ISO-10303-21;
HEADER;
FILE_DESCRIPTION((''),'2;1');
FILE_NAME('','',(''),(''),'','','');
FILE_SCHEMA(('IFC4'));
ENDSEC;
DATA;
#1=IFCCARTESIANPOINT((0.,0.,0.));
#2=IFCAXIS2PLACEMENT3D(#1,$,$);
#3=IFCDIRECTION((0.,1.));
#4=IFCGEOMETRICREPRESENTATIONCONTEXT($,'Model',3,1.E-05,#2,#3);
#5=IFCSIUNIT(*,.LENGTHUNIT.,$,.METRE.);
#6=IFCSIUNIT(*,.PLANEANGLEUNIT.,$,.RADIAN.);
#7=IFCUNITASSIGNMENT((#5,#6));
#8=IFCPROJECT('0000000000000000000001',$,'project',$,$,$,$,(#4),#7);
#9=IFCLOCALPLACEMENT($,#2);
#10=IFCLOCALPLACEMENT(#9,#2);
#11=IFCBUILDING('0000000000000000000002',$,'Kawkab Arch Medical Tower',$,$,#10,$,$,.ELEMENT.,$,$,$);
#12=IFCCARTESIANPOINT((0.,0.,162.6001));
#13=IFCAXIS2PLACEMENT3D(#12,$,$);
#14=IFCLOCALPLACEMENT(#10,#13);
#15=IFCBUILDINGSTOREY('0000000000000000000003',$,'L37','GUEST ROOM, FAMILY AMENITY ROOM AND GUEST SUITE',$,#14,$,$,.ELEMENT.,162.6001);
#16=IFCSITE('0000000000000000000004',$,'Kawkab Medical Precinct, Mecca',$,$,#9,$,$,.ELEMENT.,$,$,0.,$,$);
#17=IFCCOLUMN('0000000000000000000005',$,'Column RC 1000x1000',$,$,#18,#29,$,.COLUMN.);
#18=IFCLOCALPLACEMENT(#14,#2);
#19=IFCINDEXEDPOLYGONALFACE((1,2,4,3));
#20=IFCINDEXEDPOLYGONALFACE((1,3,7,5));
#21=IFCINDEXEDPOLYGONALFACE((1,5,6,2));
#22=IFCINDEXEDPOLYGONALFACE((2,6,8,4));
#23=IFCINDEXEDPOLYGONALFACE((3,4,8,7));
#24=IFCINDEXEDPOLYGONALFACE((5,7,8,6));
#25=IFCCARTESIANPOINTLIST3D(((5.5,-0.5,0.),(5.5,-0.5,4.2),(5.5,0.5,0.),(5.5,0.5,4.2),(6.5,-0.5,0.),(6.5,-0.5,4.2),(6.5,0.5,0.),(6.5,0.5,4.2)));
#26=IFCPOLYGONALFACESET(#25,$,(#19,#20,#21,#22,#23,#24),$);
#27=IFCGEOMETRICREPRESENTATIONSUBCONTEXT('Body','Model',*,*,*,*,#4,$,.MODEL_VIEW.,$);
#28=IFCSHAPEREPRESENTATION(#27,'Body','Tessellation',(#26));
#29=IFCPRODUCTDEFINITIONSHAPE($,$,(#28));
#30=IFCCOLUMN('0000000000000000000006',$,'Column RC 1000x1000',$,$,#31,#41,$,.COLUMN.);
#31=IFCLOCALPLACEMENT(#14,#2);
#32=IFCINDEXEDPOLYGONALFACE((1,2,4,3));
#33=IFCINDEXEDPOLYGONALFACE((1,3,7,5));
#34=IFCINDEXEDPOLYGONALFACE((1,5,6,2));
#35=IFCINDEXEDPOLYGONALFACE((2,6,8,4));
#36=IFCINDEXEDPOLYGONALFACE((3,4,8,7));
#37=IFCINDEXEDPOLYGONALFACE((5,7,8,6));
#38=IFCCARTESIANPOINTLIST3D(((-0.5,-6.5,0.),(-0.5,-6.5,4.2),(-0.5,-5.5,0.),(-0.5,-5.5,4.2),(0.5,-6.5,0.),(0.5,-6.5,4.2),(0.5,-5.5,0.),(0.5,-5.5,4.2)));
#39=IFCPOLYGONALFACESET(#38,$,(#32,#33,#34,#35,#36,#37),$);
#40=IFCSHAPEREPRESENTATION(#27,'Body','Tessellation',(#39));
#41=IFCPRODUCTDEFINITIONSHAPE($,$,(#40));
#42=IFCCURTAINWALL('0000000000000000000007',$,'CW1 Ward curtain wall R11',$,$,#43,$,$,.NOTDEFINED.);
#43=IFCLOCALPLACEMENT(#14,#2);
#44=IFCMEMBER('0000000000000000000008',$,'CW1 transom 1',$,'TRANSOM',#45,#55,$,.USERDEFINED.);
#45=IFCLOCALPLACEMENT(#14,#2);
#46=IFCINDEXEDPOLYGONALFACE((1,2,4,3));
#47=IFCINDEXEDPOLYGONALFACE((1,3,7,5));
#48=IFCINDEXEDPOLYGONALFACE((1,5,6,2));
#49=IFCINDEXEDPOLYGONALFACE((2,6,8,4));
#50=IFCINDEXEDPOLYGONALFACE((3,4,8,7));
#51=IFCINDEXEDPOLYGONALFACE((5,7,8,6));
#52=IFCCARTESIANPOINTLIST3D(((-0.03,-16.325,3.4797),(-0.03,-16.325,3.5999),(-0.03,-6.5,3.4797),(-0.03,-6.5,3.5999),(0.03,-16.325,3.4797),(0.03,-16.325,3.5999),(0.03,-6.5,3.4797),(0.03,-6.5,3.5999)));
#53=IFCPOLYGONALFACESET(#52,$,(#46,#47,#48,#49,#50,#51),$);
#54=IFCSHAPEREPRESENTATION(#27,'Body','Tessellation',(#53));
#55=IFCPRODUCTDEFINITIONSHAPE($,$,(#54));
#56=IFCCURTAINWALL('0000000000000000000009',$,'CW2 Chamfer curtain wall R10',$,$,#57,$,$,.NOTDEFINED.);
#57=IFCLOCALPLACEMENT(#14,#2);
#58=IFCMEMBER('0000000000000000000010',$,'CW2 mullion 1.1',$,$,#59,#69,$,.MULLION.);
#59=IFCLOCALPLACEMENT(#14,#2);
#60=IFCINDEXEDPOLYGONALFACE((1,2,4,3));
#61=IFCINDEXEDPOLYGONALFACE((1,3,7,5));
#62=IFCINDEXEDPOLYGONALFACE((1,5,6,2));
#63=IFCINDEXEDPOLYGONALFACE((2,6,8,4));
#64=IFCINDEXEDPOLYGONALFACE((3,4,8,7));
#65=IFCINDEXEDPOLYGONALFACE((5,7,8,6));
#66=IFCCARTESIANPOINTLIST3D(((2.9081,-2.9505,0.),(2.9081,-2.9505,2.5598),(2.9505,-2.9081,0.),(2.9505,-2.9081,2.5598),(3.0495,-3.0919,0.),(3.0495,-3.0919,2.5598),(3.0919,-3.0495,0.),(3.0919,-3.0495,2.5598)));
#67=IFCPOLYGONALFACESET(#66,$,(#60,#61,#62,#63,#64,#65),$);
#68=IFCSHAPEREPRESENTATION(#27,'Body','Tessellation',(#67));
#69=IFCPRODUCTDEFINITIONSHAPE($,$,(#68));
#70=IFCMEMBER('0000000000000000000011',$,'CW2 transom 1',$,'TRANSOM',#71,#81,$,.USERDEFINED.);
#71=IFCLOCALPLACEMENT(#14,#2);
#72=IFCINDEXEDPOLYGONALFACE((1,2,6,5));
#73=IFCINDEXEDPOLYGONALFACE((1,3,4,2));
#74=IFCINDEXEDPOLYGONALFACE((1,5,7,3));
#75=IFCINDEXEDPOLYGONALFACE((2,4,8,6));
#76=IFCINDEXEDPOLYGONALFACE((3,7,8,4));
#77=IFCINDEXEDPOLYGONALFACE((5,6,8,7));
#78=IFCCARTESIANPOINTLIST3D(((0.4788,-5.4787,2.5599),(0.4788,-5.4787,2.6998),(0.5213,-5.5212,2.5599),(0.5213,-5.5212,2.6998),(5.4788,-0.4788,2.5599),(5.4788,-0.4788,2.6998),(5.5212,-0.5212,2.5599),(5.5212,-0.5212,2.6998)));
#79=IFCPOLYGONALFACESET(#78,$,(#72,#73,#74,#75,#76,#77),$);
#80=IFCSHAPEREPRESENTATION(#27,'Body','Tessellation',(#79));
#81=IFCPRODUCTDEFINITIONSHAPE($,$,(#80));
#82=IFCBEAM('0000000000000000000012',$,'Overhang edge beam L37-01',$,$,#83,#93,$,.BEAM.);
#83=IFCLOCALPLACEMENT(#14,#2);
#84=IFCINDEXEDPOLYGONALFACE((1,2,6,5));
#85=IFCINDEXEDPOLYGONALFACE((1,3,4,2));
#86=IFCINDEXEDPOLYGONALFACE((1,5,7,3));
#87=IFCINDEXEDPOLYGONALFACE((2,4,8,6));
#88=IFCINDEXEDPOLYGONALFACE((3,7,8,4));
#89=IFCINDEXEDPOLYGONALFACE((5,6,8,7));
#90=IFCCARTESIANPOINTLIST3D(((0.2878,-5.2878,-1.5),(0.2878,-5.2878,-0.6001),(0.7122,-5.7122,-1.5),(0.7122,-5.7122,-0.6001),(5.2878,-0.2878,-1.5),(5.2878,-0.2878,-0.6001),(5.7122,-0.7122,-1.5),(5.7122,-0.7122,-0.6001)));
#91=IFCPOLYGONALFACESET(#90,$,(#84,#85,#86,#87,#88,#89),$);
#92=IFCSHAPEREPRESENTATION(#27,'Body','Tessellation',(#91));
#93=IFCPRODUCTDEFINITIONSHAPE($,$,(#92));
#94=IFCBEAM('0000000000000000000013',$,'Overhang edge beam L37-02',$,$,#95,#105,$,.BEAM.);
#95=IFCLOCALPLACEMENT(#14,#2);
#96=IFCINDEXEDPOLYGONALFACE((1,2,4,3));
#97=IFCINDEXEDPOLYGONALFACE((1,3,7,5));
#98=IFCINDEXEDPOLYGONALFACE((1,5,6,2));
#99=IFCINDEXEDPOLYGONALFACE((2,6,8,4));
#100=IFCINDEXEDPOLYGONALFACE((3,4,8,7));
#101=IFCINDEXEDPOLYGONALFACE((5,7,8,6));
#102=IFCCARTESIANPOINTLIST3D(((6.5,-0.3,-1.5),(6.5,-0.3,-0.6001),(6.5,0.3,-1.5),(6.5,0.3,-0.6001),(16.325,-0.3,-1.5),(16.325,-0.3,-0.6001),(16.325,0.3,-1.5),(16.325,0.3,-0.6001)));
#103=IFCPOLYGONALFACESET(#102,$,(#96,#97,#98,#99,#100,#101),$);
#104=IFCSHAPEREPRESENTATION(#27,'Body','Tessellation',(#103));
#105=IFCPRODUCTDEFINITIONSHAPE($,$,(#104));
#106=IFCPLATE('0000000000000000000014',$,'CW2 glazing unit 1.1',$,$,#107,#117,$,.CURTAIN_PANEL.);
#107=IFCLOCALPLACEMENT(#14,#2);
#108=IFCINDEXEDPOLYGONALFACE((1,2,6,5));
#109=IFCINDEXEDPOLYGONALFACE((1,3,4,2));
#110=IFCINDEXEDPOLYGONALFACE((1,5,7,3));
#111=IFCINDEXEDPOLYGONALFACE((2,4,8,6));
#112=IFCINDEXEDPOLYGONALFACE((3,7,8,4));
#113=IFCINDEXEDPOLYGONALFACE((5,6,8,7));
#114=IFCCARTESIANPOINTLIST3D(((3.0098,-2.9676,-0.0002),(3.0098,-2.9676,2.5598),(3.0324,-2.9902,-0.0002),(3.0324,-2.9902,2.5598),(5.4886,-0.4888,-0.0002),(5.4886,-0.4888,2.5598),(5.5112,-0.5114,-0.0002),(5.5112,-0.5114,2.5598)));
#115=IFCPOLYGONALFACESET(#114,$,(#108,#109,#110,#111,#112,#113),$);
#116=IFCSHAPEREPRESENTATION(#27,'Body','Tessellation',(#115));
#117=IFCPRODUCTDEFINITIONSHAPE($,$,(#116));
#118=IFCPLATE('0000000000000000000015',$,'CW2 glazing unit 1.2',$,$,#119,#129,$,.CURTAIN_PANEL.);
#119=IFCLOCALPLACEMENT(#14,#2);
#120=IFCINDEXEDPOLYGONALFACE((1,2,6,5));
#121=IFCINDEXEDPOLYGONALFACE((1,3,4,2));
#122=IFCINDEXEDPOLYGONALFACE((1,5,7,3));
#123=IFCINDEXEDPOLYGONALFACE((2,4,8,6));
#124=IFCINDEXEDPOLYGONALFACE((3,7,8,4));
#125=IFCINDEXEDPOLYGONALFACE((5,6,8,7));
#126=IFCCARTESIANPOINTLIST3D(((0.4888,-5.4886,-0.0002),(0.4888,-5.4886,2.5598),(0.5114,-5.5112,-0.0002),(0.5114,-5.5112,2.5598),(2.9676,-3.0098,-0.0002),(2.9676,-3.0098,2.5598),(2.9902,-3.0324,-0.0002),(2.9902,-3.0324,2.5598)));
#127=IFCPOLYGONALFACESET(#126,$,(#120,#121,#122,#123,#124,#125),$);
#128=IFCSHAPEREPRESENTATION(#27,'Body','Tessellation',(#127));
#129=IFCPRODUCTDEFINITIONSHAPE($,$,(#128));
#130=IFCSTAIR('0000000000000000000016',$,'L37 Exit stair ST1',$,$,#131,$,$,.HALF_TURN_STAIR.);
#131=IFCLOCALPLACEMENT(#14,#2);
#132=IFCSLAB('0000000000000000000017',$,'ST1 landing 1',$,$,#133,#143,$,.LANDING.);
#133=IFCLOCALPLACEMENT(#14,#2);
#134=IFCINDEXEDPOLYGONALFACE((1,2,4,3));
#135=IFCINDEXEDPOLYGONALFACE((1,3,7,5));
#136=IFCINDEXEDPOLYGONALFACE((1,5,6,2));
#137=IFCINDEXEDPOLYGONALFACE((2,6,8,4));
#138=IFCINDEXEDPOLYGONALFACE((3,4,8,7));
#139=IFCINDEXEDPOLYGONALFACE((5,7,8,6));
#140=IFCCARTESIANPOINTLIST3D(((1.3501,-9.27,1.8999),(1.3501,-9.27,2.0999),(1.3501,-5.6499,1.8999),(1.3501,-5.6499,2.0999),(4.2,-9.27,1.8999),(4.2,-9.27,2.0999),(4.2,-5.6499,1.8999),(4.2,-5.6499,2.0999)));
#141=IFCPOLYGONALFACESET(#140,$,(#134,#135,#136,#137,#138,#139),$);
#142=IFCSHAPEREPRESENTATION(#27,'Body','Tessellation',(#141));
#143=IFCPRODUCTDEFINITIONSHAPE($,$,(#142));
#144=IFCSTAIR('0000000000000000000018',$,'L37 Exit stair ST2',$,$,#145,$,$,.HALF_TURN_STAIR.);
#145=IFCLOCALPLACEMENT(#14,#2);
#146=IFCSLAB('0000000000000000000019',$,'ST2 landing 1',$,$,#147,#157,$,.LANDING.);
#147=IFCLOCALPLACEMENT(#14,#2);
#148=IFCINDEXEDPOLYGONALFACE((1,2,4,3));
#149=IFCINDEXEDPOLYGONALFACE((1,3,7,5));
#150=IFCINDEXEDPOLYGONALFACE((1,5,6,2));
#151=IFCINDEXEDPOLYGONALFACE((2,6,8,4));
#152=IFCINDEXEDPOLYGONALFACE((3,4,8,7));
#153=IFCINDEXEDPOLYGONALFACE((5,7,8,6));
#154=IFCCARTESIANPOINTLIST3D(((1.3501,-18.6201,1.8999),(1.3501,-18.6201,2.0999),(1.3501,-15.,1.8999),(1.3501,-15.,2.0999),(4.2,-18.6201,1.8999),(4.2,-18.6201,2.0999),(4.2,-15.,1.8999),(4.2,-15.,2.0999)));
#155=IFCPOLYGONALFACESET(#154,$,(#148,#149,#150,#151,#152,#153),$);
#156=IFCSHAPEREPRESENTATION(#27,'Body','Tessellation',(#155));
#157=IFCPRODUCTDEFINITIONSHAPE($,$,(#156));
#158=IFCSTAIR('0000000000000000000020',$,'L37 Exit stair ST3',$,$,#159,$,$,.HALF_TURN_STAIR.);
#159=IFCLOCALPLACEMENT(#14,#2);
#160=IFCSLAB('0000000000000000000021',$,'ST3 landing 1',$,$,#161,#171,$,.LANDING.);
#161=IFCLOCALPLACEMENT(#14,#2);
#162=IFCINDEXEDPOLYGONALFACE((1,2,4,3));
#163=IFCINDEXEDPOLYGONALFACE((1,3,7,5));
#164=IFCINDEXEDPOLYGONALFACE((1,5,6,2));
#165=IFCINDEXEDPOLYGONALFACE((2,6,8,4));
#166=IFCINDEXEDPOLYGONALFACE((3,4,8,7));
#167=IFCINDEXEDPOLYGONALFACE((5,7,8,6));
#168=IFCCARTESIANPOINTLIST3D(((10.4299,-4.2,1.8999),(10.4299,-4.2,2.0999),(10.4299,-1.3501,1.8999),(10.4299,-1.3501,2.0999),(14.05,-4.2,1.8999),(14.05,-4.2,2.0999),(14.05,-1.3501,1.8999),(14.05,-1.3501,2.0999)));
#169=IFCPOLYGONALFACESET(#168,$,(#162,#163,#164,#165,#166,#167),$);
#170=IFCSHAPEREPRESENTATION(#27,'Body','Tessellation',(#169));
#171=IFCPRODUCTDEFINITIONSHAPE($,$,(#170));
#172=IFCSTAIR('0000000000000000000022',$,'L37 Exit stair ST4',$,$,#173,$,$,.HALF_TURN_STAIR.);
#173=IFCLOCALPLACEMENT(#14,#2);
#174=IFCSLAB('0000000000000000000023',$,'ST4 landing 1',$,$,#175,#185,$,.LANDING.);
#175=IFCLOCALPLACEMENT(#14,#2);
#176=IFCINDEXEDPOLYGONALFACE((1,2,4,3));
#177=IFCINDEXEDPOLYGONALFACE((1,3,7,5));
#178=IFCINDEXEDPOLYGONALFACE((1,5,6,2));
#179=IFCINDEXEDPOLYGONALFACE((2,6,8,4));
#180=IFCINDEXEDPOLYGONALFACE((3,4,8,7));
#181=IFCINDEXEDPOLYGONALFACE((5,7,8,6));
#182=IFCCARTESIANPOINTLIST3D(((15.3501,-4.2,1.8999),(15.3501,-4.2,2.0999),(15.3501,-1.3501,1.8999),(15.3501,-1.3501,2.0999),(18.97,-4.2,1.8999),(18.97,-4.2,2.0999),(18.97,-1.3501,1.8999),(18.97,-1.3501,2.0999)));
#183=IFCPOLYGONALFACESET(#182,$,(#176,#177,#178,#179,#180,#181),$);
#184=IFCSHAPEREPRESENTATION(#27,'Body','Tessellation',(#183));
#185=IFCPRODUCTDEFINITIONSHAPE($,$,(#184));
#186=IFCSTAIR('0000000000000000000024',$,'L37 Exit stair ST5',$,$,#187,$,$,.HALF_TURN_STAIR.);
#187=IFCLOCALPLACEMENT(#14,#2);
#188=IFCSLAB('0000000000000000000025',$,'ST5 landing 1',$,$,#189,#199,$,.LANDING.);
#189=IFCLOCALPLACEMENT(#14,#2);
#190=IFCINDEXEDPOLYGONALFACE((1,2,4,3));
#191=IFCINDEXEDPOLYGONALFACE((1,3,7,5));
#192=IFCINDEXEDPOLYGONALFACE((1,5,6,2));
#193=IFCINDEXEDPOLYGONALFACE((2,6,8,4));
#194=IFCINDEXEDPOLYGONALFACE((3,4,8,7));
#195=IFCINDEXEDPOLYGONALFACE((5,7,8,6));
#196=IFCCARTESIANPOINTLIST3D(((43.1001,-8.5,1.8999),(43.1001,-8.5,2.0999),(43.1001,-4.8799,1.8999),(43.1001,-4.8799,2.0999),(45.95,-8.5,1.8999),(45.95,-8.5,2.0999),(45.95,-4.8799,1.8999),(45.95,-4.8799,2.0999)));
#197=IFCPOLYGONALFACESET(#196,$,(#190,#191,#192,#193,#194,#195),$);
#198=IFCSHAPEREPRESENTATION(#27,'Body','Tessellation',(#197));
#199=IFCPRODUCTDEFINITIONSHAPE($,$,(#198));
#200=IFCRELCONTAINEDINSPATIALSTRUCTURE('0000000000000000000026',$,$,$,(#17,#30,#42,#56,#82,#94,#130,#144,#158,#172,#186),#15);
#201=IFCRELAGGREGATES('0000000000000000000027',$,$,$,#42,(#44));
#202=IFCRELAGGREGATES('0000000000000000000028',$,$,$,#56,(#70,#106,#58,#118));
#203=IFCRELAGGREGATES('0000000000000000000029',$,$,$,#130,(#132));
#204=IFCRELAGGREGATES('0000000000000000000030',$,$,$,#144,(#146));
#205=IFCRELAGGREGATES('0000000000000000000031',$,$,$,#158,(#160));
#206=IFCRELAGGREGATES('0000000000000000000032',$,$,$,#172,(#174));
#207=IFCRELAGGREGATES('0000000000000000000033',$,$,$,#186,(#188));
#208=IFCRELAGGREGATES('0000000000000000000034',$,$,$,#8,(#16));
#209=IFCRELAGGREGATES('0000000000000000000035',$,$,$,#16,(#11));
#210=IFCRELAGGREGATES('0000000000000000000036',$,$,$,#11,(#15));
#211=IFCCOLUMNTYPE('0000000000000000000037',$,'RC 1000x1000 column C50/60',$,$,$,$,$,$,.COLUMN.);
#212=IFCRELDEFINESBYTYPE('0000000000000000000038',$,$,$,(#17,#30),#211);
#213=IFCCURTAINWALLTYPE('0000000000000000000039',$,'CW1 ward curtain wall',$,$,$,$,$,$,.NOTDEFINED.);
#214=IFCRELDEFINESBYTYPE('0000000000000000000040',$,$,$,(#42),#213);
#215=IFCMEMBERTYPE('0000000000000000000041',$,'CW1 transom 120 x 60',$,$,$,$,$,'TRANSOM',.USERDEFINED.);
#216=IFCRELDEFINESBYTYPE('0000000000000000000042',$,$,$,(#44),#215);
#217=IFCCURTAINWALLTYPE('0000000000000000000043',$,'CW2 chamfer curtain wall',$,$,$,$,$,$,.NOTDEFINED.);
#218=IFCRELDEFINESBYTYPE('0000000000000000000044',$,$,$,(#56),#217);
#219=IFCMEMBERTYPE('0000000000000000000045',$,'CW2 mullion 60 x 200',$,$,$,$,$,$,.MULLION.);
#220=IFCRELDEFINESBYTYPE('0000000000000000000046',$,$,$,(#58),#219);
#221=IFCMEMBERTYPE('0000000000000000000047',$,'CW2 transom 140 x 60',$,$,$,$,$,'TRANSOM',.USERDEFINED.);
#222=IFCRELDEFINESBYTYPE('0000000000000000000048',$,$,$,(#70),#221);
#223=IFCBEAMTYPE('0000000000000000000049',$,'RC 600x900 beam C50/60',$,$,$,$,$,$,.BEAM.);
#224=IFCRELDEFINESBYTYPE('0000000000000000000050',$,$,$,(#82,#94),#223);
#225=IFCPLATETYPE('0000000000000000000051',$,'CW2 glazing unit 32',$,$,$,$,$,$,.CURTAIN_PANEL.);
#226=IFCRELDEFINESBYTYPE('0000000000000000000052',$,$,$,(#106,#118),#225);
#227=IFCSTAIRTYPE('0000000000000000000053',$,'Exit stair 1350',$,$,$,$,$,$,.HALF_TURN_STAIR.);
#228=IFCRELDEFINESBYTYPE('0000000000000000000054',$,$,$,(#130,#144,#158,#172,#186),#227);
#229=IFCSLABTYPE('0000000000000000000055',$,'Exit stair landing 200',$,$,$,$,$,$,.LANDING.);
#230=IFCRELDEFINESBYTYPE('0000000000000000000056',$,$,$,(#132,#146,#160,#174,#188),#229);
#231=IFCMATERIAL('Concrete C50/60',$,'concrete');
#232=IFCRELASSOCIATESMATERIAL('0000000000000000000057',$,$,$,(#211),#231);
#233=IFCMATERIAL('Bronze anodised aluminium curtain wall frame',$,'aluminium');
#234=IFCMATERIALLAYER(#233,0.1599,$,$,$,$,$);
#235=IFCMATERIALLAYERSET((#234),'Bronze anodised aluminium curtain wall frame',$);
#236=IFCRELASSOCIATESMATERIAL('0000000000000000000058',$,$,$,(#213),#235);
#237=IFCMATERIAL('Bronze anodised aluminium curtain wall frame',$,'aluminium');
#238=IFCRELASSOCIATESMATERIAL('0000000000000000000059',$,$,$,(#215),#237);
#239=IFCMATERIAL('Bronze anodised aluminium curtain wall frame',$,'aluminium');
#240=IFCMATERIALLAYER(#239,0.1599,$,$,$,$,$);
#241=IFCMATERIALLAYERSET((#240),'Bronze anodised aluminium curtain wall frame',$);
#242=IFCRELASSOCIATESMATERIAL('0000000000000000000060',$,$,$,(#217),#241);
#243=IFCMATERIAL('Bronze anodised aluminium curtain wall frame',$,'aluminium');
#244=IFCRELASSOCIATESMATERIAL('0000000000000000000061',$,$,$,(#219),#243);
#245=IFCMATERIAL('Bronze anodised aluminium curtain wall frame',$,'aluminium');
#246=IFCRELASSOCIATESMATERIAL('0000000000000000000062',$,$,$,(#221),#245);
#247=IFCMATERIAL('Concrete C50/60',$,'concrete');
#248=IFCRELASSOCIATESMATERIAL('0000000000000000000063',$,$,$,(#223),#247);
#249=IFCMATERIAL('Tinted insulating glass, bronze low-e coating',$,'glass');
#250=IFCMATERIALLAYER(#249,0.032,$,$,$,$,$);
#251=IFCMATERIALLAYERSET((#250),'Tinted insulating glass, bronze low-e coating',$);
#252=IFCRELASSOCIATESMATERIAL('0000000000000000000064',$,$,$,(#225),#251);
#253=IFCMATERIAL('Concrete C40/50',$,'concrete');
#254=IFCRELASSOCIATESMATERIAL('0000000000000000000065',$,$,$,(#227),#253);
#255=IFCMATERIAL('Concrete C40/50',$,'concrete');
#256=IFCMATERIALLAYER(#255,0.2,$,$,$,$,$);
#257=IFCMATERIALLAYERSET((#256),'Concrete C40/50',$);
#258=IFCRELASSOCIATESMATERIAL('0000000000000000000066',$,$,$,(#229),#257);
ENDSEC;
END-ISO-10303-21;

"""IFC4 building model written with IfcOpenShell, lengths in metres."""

from ifc_helpers import new_model, si_unit, direction, frame, origin, origin_2d, place, context, subcontext, project, spatial, polyline, rectangle, outline, extrude, material, layer, layer_set, material_profile, profile_set, type_object, element, aggregate, save


model = new_model("IFC4")

# Units and contexts
model_context = context("Model", 3, precision=1e-05, world=origin(), true_north=direction((0.0, 1.0)))
body_context = subcontext(model_context, "Body", "Model", "MODEL_VIEW")
ifc_project = project(units=[si_unit("LENGTHUNIT", "METRE"), si_unit("PLANEANGLEUNIT", "RADIAN")], contexts=[model_context])

# Site, building, storey
site_placement = place(None, origin())
site = spatial("IfcSite", under=ifc_project, at=site_placement, Name="Kawkab Medical Precinct, Mecca", CompositionType="ELEMENT", RefElevation=0.0)
building_placement = place(site_placement, origin())
building = spatial("IfcBuilding", under=site, at=building_placement, Name="Kawkab Arch Medical Tower", CompositionType="ELEMENT")
storey_placement = place(building_placement, frame((0.0, 0.0, 162.6001)))
storey = spatial("IfcBuildingStorey", under=building, at=storey_placement, Name="L37", Description="GUEST ROOM, FAMILY AMENITY ROOM AND GUEST SUITE", CompositionType="ELEMENT", Elevation=162.6001)

# Columns
ifc_material_1 = material(Name="Concrete C50/60", Category="concrete")
ifc_material_profile_1 = material_profile(ifc_material_1, rectangle(XDim=1.0, YDim=1.0, at=origin_2d()), Name="RC 1000x1000")
ifc_profile_set_1 = profile_set([ifc_material_profile_1], Name="Concrete C50/60")
column_type = type_object("IfcColumnType", Name="RC 1000x1000 column C50/60", PredefinedType="COLUMN", material=ifc_profile_set_1)
for number, where, z_axis, x_axis, name in (
    (1, (6.0, 0.0, 0.0), (0.0, 0.0, 1.0), (1.0, 0.0, 0.0), "Column RC 1000x1000"),
    (2, (0.0, -6.0, 0.0), (0.0, 0.0, 1.0), (1.0, 0.0, 0.0), "Column RC 1000x1000"),
):
    element("IfcColumn", number, at=place(storey_placement, frame(where, z_axis=z_axis, x_axis=x_axis)), inside=storey, type_object=column_type, Name=name, PredefinedType="COLUMN", context=body_context, shape_type="SweptSolid", body=[
        extrude(rectangle(XDim=1.0, YDim=1.0, at=origin_2d()), origin(), (0.0, 0.0, 1.0), 4.2),
    ])

# Curtain wall, member
ifc_material_2 = material(Name="Bronze anodised aluminium curtain wall frame", Category="aluminium")
ifc_layer_1 = layer(ifc_material_2, 0.1599)
ifc_layer_set_1 = layer_set([ifc_layer_1], Name="Bronze anodised aluminium curtain wall frame")
curtain_wall_type_1 = type_object("IfcCurtainWallType", Name="CW1 ward curtain wall", PredefinedType="NOTDEFINED", material=ifc_layer_set_1)
placement_1 = place(storey_placement, origin())
curtain_wall_1 = element("IfcCurtainWall", 3, at=placement_1, inside=storey, type_object=curtain_wall_type_1, Name="CW1 Ward curtain wall R11", PredefinedType="NOTDEFINED")
ifc_material_3 = material(Name="Bronze anodised aluminium curtain wall frame", Category="aluminium")
ifc_material_profile_2 = material_profile(ifc_material_3, rectangle(XDim=0.0601, YDim=0.1201, at=origin_2d()), Name="AL 60x120")
ifc_profile_set_2 = profile_set([ifc_material_profile_2], Name="Bronze anodised aluminium curtain wall frame")
member_type_1 = type_object("IfcMemberType", Name="CW1 transom 120 x 60", ElementType="TRANSOM", PredefinedType="USERDEFINED", material=ifc_profile_set_2)
member_1_placement = place(storey_placement, frame((0.0, -6.5, 3.5398), z_axis=(0.0, -1.0, 0.0), x_axis=(1.0, 0.0, 0.0)))
member_1 = element("IfcMember", 4, at=member_1_placement, type_object=member_type_1, Name="CW1 transom 1", ObjectType="TRANSOM", PredefinedType="USERDEFINED", context=body_context, shape_type="SweptSolid", body=[
    extrude(rectangle(XDim=0.0601, YDim=0.1201, at=origin_2d()), origin(), (0.0, 0.0, 1.0), 9.825),
])
aggregate(curtain_wall_1, [member_1])

# Curtain wall, members
ifc_material_4 = material(Name="Bronze anodised aluminium curtain wall frame", Category="aluminium")
ifc_layer_2 = layer(ifc_material_4, 0.1599)
ifc_layer_set_2 = layer_set([ifc_layer_2], Name="Bronze anodised aluminium curtain wall frame")
curtain_wall_type_2 = type_object("IfcCurtainWallType", Name="CW2 chamfer curtain wall", PredefinedType="NOTDEFINED", material=ifc_layer_set_2)
curtain_wall_2 = element("IfcCurtainWall", 5, at=placement_1, inside=storey, type_object=curtain_wall_type_2, Name="CW2 Chamfer curtain wall R10", PredefinedType="NOTDEFINED")
ifc_material_5 = material(Name="Bronze anodised aluminium curtain wall frame", Category="aluminium")
ifc_material_profile_3 = material_profile(ifc_material_5, rectangle(XDim=0.2, YDim=0.0601, at=origin_2d()), Name="AL 60x200")
ifc_profile_set_3 = profile_set([ifc_material_profile_3], Name="Bronze anodised aluminium curtain wall frame")
member_type_2 = type_object("IfcMemberType", Name="CW2 mullion 60 x 200", PredefinedType="MULLION", material=ifc_profile_set_3)
member_2_placement = place(storey_placement, frame((3.0, -3.0, 0.0), z_axis=(0.0, 0.0, 1.0), x_axis=(0.707107, -0.707107, 0.0)))
member_2 = element("IfcMember", 6, at=member_2_placement, type_object=member_type_2, Name="CW2 mullion 1.1", PredefinedType="MULLION", context=body_context, shape_type="SweptSolid", body=[
    extrude(rectangle(XDim=0.2, YDim=0.0601, at=origin_2d()), origin(), (0.0, 0.0, 1.0), 2.5598),
])
ifc_material_6 = material(Name="Bronze anodised aluminium curtain wall frame", Category="aluminium")
ifc_material_profile_4 = material_profile(ifc_material_6, rectangle(XDim=0.0601, YDim=0.1399, at=origin_2d()), Name="AL 60x140")
ifc_profile_set_4 = profile_set([ifc_material_profile_4], Name="Bronze anodised aluminium curtain wall frame")
member_type_3 = type_object("IfcMemberType", Name="CW2 transom 140 x 60", ElementType="TRANSOM", PredefinedType="USERDEFINED", material=ifc_profile_set_4)
member_3_placement = place(storey_placement, frame((5.5, -0.5, 2.6299), z_axis=(-0.707107, -0.707107, 0.0), x_axis=(0.707107, -0.707107, 0.0)))
member_3 = element("IfcMember", 7, at=member_3_placement, type_object=member_type_3, Name="CW2 transom 1", ObjectType="TRANSOM", PredefinedType="USERDEFINED", context=body_context, shape_type="SweptSolid", body=[
    extrude(rectangle(XDim=0.0601, YDim=0.1399, at=origin_2d()), origin(), (0.0, 0.0, 1.0), 7.071),
])

# Beams
ifc_material_7 = material(Name="Concrete C50/60", Category="concrete")
ifc_material_profile_5 = material_profile(ifc_material_7, rectangle(XDim=0.6001, YDim=0.8999, at=origin_2d()), Name="RC 600x900")
ifc_profile_set_5 = profile_set([ifc_material_profile_5], Name="Concrete C50/60")
beam_type = type_object("IfcBeamType", Name="RC 600x900 beam C50/60", PredefinedType="BEAM", material=ifc_profile_set_5)
beam_1_placement = place(storey_placement, frame((0.5, -5.5, -1.05), z_axis=(0.707107, 0.707107, 0.0), x_axis=(-0.707107, 0.707107, 0.0)))
element("IfcBeam", 8, at=beam_1_placement, inside=storey, type_object=beam_type, Name="Overhang edge beam L37-01", PredefinedType="BEAM", context=body_context, shape_type="SweptSolid", body=[
    extrude(rectangle(XDim=0.6001, YDim=0.8999, at=origin_2d()), origin(), (0.0, 0.0, 1.0), 7.071),
])
beam_2_placement = place(storey_placement, frame((6.5, 0.0, -1.05), z_axis=(1.0, 0.0, 0.0), x_axis=(0.0, 1.0, 0.0)))
element("IfcBeam", 9, at=beam_2_placement, inside=storey, type_object=beam_type, Name="Overhang edge beam L37-02", PredefinedType="BEAM", context=body_context, shape_type="SweptSolid", body=[
    extrude(rectangle(XDim=0.6001, YDim=0.8999, at=origin_2d()), origin(), (0.0, 0.0, 1.0), 9.825),
])

# Plates
ifc_material_8 = material(Name="Tinted insulating glass, bronze low-e coating", Category="glass")
ifc_layer_3 = layer(ifc_material_8, 0.032)
ifc_layer_set_3 = layer_set([ifc_layer_3], Name="Tinted insulating glass, bronze low-e coating")
plate_type = type_object("IfcPlateType", Name="CW2 glazing unit 32", PredefinedType="CURTAIN_PANEL", material=ifc_layer_set_3)
plate_1_placement = place(storey_placement, frame((4.2605, -1.7395, -0.0002), z_axis=(0.0, 0.0, 1.0), x_axis=(-0.707107, -0.707107, 0.0)))
plate_1 = element("IfcPlate", 10, at=plate_1_placement, type_object=plate_type, Name="CW2 glazing unit 1.1", PredefinedType="CURTAIN_PANEL", context=body_context, shape_type="SweptSolid", body=[
    extrude(rectangle(XDim=3.5056, YDim=0.032, at=origin_2d()), origin(), (0.0, 0.0, 1.0), 2.5601),
])
plate_2_placement = place(storey_placement, frame((1.7395, -4.2605, -0.0002), z_axis=(0.0, 0.0, 1.0), x_axis=(-0.707107, -0.707107, 0.0)))
plate_2 = element("IfcPlate", 11, at=plate_2_placement, type_object=plate_type, Name="CW2 glazing unit 1.2", PredefinedType="CURTAIN_PANEL", context=body_context, shape_type="SweptSolid", body=[
    extrude(rectangle(XDim=3.5056, YDim=0.032, at=origin_2d()), origin(), (0.0, 0.0, 1.0), 2.5601),
])
aggregate(curtain_wall_2, [member_3, plate_1, member_2, plate_2])

# Stairs, slabs
ifc_material_9 = material(Name="Concrete C40/50", Category="concrete")
stair_type = type_object("IfcStairType", Name="Exit stair 1350", PredefinedType="HALF_TURN_STAIR", material=ifc_material_9)
stair_1 = element("IfcStair", 12, at=placement_1, inside=storey, type_object=stair_type, Name="L37 Exit stair ST1", PredefinedType="HALF_TURN_STAIR")
ifc_material_10 = material(Name="Concrete C40/50", Category="concrete")
ifc_layer_4 = layer(ifc_material_10, 0.2)
ifc_layer_set_4 = layer_set([ifc_layer_4], Name="Concrete C40/50")
slab_type_1 = type_object("IfcSlabType", Name="Exit stair landing 200", PredefinedType="LANDING", material=ifc_layer_set_4)
placement_2 = place(storey_placement, frame((0.0, 0.0, 1.8999)))
slab_1 = element("IfcSlab", 13, at=placement_2, type_object=slab_type_1, Name="ST1 landing 1", PredefinedType="LANDING", context=body_context, shape_type="SweptSolid", body=[
    extrude(outline(polyline([(4.2, -9.27), (4.2, -5.6499), (1.3501, -5.6499), (1.3501, -9.27), (4.2, -9.27)])), origin(), (0.0, 0.0, 1.0), 0.2),
])
aggregate(stair_1, [slab_1])
stair_2 = element("IfcStair", 14, at=placement_1, inside=storey, type_object=stair_type, Name="L37 Exit stair ST2", PredefinedType="HALF_TURN_STAIR")
slab_2 = element("IfcSlab", 15, at=placement_2, type_object=slab_type_1, Name="ST2 landing 1", PredefinedType="LANDING", context=body_context, shape_type="SweptSolid", body=[
    extrude(outline(polyline([(4.2, -18.6201), (4.2, -15.0), (1.3501, -15.0), (1.3501, -18.6201), (4.2, -18.6201)])), origin(), (0.0, 0.0, 1.0), 0.2),
])
aggregate(stair_2, [slab_2])
stair_3 = element("IfcStair", 16, at=placement_1, inside=storey, type_object=stair_type, Name="L37 Exit stair ST3", PredefinedType="HALF_TURN_STAIR")
slab_3 = element("IfcSlab", 17, at=placement_2, type_object=slab_type_1, Name="ST3 landing 1", PredefinedType="LANDING", context=body_context, shape_type="SweptSolid", body=[
    extrude(outline(polyline([(10.4299, -4.2), (14.05, -4.2), (14.05, -1.3501), (10.4299, -1.3501), (10.4299, -4.2)])), origin(), (0.0, 0.0, 1.0), 0.2),
])
aggregate(stair_3, [slab_3])
stair_4 = element("IfcStair", 18, at=placement_1, inside=storey, type_object=stair_type, Name="L37 Exit stair ST4", PredefinedType="HALF_TURN_STAIR")
slab_4 = element("IfcSlab", 19, at=placement_2, type_object=slab_type_1, Name="ST4 landing 1", PredefinedType="LANDING", context=body_context, shape_type="SweptSolid", body=[
    extrude(outline(polyline([(18.97, -1.3501), (15.3501, -1.3501), (15.3501, -4.2), (18.97, -4.2), (18.97, -1.3501)])), origin(), (0.0, 0.0, 1.0), 0.2),
])
aggregate(stair_4, [slab_4])
stair_5 = element("IfcStair", 20, at=placement_1, inside=storey, type_object=stair_type, Name="L37 Exit stair ST5", PredefinedType="HALF_TURN_STAIR")
slab_5 = element("IfcSlab", 21, at=placement_2, type_object=slab_type_1, Name="ST5 landing 1", PredefinedType="LANDING", context=body_context, shape_type="SweptSolid", body=[
    extrude(outline(polyline([(43.1001, -4.8799), (43.1001, -8.5), (45.95, -8.5), (45.95, -4.8799), (43.1001, -4.8799)])), origin(), (0.0, 0.0, 1.0), 0.2),
])
aggregate(stair_5, [slab_5])

save(model, "model.ifc")
